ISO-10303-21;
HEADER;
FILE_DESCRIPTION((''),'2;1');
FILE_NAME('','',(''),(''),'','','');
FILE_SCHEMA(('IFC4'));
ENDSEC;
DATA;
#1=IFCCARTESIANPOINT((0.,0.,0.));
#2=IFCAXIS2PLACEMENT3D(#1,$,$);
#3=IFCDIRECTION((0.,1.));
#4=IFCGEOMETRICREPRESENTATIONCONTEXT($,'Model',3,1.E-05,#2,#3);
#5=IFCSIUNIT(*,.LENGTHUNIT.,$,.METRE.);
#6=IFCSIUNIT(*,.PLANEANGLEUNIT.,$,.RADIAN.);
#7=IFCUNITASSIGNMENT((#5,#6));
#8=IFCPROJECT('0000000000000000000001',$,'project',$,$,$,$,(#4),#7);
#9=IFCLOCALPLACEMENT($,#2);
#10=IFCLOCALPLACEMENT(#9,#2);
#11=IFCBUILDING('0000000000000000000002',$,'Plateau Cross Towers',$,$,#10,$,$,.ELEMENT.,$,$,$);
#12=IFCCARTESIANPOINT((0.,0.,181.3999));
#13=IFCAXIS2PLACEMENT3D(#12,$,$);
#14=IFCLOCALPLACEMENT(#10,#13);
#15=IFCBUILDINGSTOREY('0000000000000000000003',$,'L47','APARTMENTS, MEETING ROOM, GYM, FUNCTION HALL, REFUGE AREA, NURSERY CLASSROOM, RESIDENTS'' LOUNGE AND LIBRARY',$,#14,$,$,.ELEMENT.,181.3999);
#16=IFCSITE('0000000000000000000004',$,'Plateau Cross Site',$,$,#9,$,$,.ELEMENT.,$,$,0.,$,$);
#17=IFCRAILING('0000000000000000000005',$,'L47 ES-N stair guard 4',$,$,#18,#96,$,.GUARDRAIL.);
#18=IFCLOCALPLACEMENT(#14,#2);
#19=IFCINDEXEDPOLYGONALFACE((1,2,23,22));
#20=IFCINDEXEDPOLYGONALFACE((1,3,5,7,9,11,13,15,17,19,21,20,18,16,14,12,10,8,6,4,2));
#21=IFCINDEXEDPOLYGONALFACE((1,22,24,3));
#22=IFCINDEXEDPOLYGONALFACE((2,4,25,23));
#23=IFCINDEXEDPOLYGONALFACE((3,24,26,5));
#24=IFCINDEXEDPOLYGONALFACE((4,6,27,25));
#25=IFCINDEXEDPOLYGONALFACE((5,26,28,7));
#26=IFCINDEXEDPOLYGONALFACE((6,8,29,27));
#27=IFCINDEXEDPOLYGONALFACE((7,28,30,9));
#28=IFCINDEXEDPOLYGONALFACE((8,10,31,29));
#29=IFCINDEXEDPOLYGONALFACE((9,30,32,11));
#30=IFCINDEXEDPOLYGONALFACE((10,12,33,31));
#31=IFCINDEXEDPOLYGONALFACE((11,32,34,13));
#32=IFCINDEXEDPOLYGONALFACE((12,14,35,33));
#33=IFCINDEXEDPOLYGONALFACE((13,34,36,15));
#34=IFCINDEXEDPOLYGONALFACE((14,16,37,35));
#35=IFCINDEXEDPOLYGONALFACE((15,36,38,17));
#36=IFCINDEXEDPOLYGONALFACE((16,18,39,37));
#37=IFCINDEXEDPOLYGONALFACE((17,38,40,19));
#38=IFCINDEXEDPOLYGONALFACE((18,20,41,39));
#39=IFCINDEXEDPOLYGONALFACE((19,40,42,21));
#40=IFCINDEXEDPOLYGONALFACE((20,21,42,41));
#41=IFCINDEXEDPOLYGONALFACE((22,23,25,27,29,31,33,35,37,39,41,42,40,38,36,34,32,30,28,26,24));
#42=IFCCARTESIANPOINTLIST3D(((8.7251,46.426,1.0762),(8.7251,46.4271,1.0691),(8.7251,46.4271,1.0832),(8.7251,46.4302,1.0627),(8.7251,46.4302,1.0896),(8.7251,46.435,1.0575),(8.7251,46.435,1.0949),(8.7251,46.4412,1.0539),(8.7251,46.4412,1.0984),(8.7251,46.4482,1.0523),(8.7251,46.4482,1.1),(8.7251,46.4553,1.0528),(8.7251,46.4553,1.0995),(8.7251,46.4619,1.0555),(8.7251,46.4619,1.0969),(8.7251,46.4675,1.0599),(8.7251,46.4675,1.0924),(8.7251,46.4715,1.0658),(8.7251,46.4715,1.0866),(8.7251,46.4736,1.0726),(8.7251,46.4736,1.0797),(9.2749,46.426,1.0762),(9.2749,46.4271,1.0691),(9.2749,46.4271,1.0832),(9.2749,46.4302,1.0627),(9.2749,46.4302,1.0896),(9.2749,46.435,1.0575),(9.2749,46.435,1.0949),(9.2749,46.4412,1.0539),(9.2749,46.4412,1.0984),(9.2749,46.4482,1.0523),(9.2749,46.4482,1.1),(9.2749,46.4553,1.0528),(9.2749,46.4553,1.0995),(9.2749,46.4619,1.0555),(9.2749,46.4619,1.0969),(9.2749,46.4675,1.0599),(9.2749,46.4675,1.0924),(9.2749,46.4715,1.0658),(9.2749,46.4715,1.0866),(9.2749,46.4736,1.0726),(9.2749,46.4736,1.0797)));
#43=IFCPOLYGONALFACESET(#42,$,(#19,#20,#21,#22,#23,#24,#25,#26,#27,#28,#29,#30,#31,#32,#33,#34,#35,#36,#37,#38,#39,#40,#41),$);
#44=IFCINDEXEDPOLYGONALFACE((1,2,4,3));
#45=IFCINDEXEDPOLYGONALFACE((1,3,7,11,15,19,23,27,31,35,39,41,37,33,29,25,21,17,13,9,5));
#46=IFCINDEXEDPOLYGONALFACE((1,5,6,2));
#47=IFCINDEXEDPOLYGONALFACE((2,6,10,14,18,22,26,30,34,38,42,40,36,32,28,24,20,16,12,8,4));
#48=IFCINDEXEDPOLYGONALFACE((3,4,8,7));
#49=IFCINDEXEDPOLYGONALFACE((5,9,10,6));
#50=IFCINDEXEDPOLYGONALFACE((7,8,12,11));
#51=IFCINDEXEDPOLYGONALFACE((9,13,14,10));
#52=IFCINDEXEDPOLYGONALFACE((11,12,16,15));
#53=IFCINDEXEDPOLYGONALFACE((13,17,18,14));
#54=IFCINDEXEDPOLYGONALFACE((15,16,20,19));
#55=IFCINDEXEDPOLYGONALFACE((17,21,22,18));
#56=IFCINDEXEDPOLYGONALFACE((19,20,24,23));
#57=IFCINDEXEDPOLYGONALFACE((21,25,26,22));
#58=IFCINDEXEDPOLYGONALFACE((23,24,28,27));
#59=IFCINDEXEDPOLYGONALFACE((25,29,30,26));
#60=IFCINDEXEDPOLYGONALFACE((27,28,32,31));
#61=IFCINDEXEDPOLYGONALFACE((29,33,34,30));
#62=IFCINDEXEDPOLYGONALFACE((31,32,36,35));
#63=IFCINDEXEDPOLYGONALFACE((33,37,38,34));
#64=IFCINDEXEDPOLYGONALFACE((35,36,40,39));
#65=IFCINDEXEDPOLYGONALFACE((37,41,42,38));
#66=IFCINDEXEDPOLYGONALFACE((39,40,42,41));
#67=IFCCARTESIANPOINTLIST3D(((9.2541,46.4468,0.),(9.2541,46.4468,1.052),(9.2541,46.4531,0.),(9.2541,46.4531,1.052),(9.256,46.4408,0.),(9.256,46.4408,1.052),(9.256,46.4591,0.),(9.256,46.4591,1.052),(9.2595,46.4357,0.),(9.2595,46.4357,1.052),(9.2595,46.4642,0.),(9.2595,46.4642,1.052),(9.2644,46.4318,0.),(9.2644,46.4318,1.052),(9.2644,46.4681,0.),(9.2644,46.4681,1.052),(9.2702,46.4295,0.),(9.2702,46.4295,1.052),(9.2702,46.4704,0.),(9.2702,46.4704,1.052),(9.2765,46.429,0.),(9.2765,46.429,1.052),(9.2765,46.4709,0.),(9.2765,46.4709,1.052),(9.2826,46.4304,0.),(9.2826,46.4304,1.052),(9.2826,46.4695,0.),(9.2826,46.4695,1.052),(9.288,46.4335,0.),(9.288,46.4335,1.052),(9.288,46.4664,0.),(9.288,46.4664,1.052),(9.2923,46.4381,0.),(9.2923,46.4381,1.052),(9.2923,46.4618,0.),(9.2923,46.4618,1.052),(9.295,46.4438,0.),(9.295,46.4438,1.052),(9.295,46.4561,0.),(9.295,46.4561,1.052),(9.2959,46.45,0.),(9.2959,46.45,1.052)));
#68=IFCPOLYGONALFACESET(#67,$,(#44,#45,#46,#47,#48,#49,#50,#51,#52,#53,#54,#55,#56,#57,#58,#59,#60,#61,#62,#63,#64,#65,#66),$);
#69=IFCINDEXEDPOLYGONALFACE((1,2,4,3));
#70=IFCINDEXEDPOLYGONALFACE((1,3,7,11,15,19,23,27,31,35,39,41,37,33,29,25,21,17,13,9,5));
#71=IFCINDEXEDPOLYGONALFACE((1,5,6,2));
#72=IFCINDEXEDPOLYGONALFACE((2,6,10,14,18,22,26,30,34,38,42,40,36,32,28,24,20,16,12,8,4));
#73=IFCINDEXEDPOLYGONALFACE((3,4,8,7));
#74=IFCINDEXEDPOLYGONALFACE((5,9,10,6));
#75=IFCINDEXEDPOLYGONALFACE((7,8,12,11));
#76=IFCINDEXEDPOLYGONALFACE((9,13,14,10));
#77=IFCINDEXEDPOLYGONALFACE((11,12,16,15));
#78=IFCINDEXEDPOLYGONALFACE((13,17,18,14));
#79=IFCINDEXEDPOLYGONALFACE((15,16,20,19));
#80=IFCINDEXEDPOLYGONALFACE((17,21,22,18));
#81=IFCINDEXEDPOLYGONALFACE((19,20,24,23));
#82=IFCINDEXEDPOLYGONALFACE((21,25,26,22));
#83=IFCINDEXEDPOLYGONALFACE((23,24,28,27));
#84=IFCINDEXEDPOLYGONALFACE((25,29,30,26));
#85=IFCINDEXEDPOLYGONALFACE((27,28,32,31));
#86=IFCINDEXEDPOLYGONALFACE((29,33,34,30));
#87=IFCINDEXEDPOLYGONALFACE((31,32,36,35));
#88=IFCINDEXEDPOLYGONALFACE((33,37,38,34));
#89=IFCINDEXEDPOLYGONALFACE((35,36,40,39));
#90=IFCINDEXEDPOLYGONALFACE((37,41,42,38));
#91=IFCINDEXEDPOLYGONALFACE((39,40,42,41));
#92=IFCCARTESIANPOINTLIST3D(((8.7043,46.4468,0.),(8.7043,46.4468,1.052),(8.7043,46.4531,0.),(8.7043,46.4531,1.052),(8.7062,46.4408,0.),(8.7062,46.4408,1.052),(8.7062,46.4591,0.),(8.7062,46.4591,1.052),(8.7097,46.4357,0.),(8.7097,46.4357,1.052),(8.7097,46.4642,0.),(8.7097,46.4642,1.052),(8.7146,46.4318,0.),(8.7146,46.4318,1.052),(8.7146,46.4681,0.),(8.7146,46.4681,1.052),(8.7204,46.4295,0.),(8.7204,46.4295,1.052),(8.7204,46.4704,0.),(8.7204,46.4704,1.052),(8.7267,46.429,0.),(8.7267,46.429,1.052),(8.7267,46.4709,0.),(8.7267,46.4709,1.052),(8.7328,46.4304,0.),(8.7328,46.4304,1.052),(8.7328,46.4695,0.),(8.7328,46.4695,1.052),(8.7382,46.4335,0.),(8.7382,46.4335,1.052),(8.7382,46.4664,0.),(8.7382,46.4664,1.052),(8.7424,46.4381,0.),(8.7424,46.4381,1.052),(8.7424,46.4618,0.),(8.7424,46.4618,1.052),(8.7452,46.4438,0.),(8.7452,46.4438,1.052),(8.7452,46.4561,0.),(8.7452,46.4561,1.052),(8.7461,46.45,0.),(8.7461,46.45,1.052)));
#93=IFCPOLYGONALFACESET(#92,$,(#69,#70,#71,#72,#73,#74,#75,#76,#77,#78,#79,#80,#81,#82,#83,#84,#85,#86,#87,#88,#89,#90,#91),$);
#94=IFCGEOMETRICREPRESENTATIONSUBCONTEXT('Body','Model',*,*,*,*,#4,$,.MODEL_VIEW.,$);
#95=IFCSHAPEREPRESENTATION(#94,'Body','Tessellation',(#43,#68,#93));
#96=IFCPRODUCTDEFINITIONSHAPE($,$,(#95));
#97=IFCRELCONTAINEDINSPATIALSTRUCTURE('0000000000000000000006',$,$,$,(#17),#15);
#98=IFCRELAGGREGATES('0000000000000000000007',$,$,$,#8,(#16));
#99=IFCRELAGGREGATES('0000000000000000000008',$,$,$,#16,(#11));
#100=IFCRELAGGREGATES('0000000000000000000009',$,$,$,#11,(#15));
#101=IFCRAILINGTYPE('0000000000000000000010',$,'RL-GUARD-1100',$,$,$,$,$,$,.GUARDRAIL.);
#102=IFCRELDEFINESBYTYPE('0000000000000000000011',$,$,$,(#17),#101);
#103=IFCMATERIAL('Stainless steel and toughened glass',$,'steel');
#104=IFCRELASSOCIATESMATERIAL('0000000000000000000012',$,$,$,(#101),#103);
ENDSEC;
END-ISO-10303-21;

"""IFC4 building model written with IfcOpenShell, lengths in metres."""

from ifc_helpers import new_model, si_unit, direction, frame, origin, origin_2d, place, context, subcontext, project, spatial, circle, extrude, material, type_object, element, save


model = new_model("IFC4")

# Units and contexts
model_context = context("Model", 3, precision=1e-05, world=origin(), true_north=direction((0.0, 1.0)))
body_context = subcontext(model_context, "Body", "Model", "MODEL_VIEW")
ifc_project = project(units=[si_unit("LENGTHUNIT", "METRE"), si_unit("PLANEANGLEUNIT", "RADIAN")], contexts=[model_context])

# Site, building, storey
site_placement = place(None, origin())
site = spatial("IfcSite", under=ifc_project, at=site_placement, Name="Plateau Cross Site", CompositionType="ELEMENT", RefElevation=0.0)
building_placement = place(site_placement, origin())
building = spatial("IfcBuilding", under=site, at=building_placement, Name="Plateau Cross Towers", CompositionType="ELEMENT")
storey_placement = place(building_placement, frame((0.0, 0.0, 181.3999)))
storey = spatial("IfcBuildingStorey", under=building, at=storey_placement, Name="L47", Description="APARTMENTS, MEETING ROOM, GYM, FUNCTION HALL, REFUGE AREA, NURSERY CLASSROOM, RESIDENTS' LOUNGE AND LIBRARY", CompositionType="ELEMENT", Elevation=181.3999)

# Railing
ifc_material_1 = material(Name="Stainless steel and toughened glass", Category="steel")
railing_type_1 = type_object("IfcRailingType", Name="RL-GUARD-1100", PredefinedType="GUARDRAIL", material=ifc_material_1)
railing_1_placement = place(storey_placement, frame((9.2749, 46.45, 0.0)))
element("IfcRailing", 1, at=railing_1_placement, inside=storey, type_object=railing_type_1, Name="L47 ES-N stair guard 4", PredefinedType="GUARDRAIL", context=body_context, shape_type="SweptSolid", body=[
    extrude(circle(Radius=0.0239, at=origin_2d()), frame((0.0, 0.0, 1.0762), z_axis=(-1.0, 0.0, 0.0), x_axis=(0.0, -1.0, 0.0)), (0.0, 0.0, 1.0), 0.5498),
    extrude(circle(Radius=0.021, at=origin_2d()), origin(), (0.0, 0.0, 1.0), 1.052),
    extrude(circle(Radius=0.021, at=origin_2d()), frame((-0.5498, 0.0, 0.0)), (0.0, 0.0, 1.0), 1.052),
])

save(model, "model.ifc")
